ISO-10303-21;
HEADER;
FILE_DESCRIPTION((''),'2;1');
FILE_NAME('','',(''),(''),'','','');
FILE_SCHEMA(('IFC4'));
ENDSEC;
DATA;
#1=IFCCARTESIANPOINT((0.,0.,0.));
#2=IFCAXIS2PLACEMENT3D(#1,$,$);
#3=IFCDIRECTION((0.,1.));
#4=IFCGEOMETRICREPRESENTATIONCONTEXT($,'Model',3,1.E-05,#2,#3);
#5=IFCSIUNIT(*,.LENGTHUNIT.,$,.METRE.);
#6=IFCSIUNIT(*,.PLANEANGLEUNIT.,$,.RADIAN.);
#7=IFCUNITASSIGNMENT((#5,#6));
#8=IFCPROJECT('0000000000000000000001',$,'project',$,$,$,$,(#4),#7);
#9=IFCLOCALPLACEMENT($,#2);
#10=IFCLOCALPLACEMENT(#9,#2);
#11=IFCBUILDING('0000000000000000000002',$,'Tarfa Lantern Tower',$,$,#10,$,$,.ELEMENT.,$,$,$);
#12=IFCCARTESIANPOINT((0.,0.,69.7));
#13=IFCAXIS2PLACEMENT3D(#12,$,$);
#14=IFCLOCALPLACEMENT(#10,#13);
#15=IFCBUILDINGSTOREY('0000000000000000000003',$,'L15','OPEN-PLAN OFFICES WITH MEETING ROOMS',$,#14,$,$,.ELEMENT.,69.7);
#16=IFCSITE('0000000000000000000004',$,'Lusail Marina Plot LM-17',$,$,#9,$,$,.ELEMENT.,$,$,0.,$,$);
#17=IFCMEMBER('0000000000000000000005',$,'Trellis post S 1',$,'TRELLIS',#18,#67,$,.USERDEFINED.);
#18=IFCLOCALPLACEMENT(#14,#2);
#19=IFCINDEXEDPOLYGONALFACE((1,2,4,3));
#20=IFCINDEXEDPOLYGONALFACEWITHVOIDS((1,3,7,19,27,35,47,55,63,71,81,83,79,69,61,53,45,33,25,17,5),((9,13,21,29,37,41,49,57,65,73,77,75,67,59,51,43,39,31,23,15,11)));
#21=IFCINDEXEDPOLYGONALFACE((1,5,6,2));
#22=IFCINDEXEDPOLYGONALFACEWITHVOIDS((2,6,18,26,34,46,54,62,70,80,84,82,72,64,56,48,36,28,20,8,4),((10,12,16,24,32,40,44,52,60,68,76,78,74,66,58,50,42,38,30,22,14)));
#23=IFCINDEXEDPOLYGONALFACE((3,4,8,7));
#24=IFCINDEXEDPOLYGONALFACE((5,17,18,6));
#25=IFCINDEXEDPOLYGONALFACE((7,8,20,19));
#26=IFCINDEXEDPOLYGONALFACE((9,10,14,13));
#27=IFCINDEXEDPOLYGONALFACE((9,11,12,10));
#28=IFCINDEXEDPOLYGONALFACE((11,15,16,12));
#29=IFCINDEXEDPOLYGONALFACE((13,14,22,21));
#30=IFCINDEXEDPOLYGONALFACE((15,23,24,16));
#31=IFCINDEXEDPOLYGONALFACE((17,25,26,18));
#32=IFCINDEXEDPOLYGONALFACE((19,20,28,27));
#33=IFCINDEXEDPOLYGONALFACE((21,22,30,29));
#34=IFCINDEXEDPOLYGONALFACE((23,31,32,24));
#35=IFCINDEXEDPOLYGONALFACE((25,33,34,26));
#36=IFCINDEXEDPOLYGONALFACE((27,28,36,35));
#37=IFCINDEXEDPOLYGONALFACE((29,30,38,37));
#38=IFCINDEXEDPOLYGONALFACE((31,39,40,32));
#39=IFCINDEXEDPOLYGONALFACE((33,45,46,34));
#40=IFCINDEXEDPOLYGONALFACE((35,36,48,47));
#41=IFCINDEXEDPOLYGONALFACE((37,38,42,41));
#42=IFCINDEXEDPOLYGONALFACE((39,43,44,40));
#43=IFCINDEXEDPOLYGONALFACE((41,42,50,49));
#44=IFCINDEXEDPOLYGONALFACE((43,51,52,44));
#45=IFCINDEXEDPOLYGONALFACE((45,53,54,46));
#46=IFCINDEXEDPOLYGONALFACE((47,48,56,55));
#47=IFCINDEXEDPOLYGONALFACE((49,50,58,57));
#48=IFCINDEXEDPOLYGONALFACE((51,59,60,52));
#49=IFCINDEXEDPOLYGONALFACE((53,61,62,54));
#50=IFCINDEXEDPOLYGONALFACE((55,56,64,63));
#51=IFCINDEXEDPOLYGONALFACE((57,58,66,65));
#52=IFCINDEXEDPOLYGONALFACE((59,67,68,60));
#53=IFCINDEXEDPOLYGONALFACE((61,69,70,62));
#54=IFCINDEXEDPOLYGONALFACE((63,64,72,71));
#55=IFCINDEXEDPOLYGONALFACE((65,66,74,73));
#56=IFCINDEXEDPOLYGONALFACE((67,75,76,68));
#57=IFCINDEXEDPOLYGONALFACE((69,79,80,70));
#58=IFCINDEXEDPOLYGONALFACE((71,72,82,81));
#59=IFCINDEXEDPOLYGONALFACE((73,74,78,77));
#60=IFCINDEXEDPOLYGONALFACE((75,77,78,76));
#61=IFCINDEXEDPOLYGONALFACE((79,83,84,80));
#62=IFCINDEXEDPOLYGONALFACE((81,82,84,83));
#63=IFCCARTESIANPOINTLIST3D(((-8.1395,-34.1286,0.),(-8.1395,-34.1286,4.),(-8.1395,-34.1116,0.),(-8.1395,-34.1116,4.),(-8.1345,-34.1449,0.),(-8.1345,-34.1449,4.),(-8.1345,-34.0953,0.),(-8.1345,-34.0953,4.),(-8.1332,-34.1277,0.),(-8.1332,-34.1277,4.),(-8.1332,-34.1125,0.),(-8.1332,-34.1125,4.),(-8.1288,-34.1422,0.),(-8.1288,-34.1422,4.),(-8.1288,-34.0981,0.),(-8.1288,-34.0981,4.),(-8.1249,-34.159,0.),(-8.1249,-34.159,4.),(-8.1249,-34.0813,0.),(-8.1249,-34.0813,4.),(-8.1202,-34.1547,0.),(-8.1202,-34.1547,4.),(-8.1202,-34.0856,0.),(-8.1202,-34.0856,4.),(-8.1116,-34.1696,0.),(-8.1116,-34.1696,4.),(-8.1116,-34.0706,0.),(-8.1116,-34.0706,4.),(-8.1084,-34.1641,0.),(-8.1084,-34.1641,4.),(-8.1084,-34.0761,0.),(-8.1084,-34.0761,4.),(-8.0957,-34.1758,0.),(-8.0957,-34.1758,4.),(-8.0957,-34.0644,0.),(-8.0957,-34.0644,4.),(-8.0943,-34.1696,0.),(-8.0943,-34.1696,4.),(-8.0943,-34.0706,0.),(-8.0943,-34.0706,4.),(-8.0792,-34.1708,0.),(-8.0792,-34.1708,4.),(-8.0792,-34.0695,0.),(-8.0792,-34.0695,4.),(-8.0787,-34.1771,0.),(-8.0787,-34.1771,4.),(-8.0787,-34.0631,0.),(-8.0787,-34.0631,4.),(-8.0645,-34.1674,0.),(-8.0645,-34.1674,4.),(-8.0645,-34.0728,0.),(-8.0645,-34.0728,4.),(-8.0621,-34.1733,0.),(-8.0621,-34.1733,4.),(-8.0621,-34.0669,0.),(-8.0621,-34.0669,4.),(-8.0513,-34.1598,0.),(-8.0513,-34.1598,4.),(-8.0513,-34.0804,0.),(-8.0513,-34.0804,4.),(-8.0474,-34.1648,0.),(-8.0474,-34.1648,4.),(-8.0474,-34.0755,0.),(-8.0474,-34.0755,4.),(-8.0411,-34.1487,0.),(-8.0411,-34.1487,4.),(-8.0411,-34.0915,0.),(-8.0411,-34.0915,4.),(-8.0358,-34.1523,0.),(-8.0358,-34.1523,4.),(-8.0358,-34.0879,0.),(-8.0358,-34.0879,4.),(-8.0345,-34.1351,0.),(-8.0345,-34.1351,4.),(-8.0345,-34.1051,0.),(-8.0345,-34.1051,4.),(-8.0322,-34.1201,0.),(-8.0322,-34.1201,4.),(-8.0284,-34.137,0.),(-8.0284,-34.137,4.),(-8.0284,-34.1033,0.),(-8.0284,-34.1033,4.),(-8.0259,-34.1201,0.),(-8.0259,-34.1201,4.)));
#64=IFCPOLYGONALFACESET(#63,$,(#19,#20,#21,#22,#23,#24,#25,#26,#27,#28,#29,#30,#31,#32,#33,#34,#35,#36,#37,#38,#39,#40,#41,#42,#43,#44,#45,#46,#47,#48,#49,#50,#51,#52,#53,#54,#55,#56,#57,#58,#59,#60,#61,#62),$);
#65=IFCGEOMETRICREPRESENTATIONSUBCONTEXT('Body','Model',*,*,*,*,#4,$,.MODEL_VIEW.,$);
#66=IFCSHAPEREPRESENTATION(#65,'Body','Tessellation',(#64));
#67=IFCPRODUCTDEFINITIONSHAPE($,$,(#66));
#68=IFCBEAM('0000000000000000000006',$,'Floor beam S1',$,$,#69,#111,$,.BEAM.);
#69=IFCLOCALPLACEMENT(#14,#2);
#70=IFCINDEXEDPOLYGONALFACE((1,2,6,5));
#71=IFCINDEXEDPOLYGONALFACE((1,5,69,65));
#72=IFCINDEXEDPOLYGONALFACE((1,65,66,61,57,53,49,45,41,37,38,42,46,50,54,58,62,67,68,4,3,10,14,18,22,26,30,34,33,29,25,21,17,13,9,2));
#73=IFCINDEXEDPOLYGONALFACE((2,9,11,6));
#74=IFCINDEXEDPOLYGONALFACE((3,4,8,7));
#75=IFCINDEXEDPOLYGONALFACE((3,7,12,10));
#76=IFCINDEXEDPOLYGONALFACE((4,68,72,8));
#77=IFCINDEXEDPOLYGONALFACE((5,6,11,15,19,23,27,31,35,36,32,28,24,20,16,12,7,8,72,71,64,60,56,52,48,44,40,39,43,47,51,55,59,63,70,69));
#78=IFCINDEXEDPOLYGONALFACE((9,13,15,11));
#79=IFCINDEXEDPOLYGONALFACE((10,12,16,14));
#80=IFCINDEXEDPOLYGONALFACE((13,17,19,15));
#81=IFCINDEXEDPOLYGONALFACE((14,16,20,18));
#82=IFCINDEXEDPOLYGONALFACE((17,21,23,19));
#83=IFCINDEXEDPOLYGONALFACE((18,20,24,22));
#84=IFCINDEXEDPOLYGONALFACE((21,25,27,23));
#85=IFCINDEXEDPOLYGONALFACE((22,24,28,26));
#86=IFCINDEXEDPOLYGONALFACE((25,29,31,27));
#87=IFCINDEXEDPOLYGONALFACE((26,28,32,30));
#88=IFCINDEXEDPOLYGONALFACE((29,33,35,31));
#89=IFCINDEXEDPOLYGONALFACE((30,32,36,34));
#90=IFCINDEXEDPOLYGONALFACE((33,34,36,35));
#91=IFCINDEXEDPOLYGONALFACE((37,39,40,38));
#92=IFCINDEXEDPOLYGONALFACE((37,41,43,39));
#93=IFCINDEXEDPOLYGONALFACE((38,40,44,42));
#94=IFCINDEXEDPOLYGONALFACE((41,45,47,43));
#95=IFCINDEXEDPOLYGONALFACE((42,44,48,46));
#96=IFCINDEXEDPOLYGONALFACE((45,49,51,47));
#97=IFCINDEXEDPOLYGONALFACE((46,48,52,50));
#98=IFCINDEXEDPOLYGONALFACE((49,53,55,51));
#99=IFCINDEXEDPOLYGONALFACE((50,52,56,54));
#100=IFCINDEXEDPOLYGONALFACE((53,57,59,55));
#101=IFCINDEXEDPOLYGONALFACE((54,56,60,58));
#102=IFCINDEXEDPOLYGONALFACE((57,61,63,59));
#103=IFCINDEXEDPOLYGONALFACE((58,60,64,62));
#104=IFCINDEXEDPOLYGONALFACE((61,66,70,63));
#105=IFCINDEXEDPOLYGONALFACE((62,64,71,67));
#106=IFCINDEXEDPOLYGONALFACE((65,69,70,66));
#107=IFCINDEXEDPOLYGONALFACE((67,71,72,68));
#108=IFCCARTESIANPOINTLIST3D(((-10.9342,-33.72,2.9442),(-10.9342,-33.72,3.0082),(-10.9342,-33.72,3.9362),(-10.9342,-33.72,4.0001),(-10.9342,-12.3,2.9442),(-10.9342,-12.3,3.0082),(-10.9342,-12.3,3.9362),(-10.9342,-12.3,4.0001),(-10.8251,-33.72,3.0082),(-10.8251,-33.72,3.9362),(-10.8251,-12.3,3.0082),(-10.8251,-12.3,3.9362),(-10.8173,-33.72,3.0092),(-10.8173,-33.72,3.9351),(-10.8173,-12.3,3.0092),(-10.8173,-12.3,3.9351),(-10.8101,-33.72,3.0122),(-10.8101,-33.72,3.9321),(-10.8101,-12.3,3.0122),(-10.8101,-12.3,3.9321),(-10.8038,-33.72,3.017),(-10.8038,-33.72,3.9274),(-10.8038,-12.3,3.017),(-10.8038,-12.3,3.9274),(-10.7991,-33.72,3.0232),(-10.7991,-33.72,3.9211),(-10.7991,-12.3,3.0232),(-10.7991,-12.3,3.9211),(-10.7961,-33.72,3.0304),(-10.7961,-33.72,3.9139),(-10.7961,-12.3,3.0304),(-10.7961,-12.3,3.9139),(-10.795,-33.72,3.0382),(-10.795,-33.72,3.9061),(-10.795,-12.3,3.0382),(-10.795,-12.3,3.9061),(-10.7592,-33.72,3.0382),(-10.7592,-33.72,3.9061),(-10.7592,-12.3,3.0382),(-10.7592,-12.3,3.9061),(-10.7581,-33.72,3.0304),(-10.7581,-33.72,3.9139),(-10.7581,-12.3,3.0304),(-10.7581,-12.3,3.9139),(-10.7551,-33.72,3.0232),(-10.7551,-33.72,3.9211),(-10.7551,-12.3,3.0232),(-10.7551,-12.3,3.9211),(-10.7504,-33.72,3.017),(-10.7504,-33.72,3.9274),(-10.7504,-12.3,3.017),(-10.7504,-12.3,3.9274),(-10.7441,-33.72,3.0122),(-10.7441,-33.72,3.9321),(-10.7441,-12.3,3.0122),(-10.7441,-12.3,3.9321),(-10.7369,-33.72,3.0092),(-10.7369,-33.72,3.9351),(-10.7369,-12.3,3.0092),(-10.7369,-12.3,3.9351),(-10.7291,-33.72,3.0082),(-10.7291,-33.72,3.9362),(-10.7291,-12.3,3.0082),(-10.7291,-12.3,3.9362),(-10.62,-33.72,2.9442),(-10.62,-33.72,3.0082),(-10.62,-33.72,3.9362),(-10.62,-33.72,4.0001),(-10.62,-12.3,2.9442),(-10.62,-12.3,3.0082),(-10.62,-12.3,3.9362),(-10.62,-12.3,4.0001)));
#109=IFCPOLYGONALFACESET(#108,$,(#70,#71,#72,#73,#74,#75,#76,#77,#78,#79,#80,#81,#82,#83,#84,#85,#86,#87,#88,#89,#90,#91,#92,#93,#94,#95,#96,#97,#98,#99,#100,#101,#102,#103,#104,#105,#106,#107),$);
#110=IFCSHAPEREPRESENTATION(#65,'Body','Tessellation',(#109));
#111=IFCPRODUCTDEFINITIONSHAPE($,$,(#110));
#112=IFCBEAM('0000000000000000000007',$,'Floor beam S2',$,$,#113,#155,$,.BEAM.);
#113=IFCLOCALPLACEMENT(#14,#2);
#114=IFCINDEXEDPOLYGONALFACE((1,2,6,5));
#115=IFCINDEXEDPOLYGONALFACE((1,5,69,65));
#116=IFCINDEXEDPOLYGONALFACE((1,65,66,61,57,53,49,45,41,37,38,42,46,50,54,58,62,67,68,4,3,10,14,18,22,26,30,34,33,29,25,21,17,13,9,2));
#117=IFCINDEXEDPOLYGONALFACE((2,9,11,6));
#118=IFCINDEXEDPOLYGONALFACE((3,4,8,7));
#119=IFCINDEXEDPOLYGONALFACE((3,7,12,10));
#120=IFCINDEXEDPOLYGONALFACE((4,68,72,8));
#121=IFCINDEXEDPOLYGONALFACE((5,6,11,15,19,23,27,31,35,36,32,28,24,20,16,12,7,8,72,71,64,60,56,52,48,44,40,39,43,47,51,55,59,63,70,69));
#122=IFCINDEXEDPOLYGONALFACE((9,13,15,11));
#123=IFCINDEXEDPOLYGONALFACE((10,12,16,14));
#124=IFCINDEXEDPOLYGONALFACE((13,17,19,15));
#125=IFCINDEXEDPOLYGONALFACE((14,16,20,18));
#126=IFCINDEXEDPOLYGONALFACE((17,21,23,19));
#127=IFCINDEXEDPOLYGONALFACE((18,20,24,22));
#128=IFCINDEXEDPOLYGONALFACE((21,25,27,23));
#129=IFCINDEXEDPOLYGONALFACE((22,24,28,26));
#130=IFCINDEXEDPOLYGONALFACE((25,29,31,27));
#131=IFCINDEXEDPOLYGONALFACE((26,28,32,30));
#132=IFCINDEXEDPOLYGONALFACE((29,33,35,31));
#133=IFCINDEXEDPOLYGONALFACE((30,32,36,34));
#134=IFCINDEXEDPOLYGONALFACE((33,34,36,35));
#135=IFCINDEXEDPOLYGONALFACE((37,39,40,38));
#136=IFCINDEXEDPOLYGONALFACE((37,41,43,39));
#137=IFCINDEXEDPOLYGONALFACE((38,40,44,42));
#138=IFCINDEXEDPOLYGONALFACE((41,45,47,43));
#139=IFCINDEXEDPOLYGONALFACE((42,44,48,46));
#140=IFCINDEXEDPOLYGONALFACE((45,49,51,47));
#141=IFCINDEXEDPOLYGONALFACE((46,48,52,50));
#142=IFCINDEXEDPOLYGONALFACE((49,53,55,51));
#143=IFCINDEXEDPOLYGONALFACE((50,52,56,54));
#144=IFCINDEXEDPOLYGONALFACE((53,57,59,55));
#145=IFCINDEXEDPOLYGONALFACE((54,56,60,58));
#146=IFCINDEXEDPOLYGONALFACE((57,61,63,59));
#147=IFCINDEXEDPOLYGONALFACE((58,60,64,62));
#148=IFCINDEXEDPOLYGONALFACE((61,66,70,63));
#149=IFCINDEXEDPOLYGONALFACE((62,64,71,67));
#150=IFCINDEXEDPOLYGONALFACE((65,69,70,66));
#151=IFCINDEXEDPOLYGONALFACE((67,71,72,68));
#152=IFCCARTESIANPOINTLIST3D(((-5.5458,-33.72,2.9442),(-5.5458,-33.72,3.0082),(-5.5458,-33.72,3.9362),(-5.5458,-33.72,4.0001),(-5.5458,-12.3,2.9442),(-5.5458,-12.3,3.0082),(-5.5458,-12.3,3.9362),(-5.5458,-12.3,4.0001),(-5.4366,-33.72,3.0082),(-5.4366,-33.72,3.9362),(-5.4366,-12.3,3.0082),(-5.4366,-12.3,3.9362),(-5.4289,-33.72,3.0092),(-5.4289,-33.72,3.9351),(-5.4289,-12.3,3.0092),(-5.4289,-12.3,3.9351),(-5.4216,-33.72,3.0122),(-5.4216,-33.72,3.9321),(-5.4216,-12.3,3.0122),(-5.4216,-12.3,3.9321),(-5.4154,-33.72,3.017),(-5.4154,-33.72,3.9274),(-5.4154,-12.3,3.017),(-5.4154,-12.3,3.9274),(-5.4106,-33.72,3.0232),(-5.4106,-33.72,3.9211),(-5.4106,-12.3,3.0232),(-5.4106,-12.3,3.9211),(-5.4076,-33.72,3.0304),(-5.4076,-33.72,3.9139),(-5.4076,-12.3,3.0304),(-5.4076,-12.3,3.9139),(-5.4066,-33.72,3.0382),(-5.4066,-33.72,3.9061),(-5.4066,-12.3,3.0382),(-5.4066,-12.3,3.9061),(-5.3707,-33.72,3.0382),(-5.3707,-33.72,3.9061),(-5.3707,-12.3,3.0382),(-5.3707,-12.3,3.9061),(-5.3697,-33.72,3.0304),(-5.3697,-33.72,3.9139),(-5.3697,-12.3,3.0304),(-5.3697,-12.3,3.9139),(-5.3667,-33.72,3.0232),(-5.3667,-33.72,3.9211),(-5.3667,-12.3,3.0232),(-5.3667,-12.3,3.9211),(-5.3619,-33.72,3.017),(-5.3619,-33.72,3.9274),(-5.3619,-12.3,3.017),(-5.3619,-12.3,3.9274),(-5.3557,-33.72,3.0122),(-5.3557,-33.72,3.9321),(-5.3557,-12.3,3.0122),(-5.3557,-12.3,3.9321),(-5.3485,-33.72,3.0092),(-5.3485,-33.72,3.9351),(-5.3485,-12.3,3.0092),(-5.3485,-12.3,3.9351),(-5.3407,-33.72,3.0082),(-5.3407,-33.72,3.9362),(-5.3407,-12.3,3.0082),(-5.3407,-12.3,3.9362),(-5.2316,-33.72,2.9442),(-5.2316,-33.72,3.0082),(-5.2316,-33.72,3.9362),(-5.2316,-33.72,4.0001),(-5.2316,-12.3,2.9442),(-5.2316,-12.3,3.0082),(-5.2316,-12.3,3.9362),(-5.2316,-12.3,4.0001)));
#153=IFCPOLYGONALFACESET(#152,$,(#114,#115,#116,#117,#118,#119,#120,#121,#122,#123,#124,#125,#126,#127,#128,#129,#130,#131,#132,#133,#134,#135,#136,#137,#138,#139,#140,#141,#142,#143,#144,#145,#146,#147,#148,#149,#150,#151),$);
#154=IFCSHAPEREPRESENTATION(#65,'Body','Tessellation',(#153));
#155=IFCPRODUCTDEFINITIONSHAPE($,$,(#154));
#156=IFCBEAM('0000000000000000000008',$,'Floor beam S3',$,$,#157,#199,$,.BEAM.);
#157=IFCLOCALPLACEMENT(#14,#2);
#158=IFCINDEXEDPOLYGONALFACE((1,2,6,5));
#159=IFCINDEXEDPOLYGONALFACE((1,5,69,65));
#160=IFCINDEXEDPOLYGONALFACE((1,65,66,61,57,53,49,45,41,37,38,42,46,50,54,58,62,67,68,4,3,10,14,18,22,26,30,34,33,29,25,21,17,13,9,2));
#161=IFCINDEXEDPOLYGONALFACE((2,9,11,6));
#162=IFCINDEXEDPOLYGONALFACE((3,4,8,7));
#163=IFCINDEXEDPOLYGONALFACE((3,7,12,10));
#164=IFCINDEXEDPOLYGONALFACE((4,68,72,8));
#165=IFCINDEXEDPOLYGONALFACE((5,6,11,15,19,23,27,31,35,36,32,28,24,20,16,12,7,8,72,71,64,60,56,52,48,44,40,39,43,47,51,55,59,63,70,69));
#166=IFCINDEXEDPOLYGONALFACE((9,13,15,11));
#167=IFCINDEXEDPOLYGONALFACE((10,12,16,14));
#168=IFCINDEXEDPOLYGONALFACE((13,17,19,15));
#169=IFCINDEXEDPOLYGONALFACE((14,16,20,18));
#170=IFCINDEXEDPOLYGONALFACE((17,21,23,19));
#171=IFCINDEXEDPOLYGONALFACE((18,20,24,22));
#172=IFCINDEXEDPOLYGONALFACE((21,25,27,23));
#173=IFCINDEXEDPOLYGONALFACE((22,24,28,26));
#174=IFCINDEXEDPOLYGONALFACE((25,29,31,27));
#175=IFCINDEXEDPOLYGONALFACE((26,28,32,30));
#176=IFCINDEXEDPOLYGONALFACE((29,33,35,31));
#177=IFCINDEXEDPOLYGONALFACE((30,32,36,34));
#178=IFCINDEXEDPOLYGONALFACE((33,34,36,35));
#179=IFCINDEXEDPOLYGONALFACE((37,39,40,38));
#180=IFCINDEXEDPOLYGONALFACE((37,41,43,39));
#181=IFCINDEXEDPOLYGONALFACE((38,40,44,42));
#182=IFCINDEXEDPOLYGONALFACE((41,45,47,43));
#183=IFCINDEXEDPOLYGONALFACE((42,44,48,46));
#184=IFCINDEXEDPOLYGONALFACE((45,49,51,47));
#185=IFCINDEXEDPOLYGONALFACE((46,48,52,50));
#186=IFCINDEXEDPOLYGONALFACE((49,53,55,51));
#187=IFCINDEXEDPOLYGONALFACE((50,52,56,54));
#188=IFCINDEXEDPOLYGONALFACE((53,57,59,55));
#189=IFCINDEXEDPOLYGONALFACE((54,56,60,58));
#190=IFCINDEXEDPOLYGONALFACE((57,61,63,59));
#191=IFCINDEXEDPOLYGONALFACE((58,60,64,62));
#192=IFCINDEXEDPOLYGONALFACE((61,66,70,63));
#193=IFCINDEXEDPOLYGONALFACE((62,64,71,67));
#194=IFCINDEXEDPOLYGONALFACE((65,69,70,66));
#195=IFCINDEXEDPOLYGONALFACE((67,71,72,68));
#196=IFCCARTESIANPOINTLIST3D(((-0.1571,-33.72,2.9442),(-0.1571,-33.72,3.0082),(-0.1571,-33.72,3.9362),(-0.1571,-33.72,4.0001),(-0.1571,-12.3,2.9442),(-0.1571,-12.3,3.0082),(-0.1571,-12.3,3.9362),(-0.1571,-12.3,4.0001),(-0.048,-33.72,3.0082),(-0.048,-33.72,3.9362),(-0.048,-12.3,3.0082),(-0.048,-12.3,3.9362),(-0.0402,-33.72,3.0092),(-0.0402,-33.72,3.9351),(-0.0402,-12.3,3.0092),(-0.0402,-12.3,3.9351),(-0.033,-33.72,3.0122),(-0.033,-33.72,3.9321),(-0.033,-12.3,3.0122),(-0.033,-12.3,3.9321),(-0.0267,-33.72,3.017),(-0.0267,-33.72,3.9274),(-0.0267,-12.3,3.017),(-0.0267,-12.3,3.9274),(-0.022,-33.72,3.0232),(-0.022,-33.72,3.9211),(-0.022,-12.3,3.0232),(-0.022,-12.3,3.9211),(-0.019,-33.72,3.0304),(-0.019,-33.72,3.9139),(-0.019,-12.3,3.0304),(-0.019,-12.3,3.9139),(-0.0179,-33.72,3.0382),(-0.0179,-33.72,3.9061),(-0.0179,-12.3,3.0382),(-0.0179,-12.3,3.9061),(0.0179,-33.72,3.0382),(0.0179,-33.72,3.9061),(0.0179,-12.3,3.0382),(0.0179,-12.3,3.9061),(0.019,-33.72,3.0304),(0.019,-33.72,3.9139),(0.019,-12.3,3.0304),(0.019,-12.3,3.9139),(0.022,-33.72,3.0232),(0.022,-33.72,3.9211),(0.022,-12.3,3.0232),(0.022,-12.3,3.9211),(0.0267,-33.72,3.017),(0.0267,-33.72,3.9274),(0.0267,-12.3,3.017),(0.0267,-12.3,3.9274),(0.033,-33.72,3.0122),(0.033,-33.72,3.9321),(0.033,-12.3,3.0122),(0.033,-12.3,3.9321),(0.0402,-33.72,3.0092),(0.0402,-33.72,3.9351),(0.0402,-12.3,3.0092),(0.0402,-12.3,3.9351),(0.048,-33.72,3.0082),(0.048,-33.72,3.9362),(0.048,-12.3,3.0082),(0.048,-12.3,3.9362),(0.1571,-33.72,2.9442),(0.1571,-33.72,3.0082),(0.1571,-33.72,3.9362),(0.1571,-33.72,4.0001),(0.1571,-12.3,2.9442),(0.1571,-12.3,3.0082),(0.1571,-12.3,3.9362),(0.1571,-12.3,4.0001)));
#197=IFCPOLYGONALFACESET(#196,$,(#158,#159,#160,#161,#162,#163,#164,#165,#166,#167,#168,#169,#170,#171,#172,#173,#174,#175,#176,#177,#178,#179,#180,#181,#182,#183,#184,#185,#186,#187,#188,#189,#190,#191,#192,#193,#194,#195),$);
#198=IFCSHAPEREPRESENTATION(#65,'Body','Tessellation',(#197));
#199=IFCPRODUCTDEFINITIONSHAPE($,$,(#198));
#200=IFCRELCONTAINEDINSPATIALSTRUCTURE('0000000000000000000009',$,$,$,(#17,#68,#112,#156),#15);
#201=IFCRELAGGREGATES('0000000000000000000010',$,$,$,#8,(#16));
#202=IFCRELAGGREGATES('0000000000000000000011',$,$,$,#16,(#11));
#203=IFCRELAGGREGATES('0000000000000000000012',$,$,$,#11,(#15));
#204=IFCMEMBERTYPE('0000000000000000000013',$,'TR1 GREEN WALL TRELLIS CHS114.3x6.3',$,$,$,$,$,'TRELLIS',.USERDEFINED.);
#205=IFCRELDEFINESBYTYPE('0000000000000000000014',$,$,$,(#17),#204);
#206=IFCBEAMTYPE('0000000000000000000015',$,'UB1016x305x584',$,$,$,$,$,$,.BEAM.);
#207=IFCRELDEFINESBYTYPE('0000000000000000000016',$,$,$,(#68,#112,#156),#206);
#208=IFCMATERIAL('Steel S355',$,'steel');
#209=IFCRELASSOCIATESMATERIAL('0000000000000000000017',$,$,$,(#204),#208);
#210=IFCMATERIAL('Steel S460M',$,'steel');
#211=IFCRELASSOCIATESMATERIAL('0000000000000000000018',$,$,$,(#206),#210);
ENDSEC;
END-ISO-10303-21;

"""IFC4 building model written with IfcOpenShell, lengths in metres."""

from ifc_helpers import new_model, si_unit, direction, frame, origin, origin_2d, place, context, subcontext, project, spatial, hollow_circle, i_section, extrude, material, material_profile, profile_set, type_object, element, save


model = new_model("IFC4")

# Units and contexts
model_context = context("Model", 3, precision=1e-05, world=origin(), true_north=direction((0.0, 1.0)))
body_context = subcontext(model_context, "Body", "Model", "MODEL_VIEW")
ifc_project = project(units=[si_unit("LENGTHUNIT", "METRE"), si_unit("PLANEANGLEUNIT", "RADIAN")], contexts=[model_context])

# Site, building, storey
site_placement = place(None, origin())
site = spatial("IfcSite", under=ifc_project, at=site_placement, Name="Lusail Marina Plot LM-17", CompositionType="ELEMENT", RefElevation=0.0)
building_placement = place(site_placement, origin())
building = spatial("IfcBuilding", under=site, at=building_placement, Name="Tarfa Lantern Tower", CompositionType="ELEMENT")
storey_placement = place(building_placement, frame((0.0, 0.0, 69.7)))
storey = spatial("IfcBuildingStorey", under=building, at=storey_placement, Name="L15", Description="OPEN-PLAN OFFICES WITH MEETING ROOMS", CompositionType="ELEMENT", Elevation=69.7)

# Member
ifc_material_1 = material(Name="Steel S355", Category="steel")
ifc_material_profile_1 = material_profile(ifc_material_1, hollow_circle(Radius=0.0571, WallThickness=0.0063, at=origin_2d()), Name="CHS114.3x6.3")
ifc_profile_set_1 = profile_set([ifc_material_profile_1], Name="Steel S355")
member_type_1 = type_object("IfcMemberType", Name="TR1 GREEN WALL TRELLIS CHS114.3x6.3", ElementType="TRELLIS", PredefinedType="USERDEFINED", material=ifc_profile_set_1)
member_1_placement = place(storey_placement, frame((-8.083, -34.1201, 0.0), z_axis=(0.0, 0.0, 1.0), x_axis=(1.0, 0.0, 0.0)))
element("IfcMember", 1, at=member_1_placement, inside=storey, type_object=member_type_1, Name="Trellis post S 1", ObjectType="TRELLIS", PredefinedType="USERDEFINED", context=body_context, shape_type="SweptSolid", body=[
    extrude(hollow_circle(Radius=0.0571, WallThickness=0.0063, at=origin_2d()), origin(), (0.0, 0.0, 1.0), 4.0),
])

# Beams
ifc_material_2 = material(Name="Steel S460M", Category="steel")
ifc_material_profile_2 = material_profile(ifc_material_2, i_section(OverallWidth=0.3142, OverallDepth=1.0559, WebThickness=0.0359, FlangeThickness=0.064, FilletRadius=0.03, at=origin_2d()), Name="UB1016x305x584")
ifc_profile_set_2 = profile_set([ifc_material_profile_2], Name="Steel S460M")
beam_type_1 = type_object("IfcBeamType", Name="UB1016x305x584", PredefinedType="BEAM", material=ifc_profile_set_2)
for number, where, z_axis, x_axis, name in (
    (2, (-10.7771, -33.72, 3.4722), (0.0, 1.0, 0.0), (-1.0, 0.0, 0.0), "Floor beam S1"),
    (3, (-5.3887, -33.72, 3.4722), (0.0, 1.0, 0.0), (-1.0, 0.0, 0.0), "Floor beam S2"),
    (4, (0.0, -33.72, 3.4722), (0.0, 1.0, 0.0), (-1.0, 0.0, 0.0), "Floor beam S3"),
):
    element("IfcBeam", number, at=place(storey_placement, frame(where, z_axis=z_axis, x_axis=x_axis)), inside=storey, type_object=beam_type_1, Name=name, PredefinedType="BEAM", context=body_context, shape_type="SweptSolid", body=[
        extrude(i_section(OverallWidth=0.3142, OverallDepth=1.0559, WebThickness=0.0359, FlangeThickness=0.064, FilletRadius=0.03, at=origin_2d()), origin(), (0.0, 0.0, 1.0), 21.4199),
    ])

save(model, "model.ifc")
